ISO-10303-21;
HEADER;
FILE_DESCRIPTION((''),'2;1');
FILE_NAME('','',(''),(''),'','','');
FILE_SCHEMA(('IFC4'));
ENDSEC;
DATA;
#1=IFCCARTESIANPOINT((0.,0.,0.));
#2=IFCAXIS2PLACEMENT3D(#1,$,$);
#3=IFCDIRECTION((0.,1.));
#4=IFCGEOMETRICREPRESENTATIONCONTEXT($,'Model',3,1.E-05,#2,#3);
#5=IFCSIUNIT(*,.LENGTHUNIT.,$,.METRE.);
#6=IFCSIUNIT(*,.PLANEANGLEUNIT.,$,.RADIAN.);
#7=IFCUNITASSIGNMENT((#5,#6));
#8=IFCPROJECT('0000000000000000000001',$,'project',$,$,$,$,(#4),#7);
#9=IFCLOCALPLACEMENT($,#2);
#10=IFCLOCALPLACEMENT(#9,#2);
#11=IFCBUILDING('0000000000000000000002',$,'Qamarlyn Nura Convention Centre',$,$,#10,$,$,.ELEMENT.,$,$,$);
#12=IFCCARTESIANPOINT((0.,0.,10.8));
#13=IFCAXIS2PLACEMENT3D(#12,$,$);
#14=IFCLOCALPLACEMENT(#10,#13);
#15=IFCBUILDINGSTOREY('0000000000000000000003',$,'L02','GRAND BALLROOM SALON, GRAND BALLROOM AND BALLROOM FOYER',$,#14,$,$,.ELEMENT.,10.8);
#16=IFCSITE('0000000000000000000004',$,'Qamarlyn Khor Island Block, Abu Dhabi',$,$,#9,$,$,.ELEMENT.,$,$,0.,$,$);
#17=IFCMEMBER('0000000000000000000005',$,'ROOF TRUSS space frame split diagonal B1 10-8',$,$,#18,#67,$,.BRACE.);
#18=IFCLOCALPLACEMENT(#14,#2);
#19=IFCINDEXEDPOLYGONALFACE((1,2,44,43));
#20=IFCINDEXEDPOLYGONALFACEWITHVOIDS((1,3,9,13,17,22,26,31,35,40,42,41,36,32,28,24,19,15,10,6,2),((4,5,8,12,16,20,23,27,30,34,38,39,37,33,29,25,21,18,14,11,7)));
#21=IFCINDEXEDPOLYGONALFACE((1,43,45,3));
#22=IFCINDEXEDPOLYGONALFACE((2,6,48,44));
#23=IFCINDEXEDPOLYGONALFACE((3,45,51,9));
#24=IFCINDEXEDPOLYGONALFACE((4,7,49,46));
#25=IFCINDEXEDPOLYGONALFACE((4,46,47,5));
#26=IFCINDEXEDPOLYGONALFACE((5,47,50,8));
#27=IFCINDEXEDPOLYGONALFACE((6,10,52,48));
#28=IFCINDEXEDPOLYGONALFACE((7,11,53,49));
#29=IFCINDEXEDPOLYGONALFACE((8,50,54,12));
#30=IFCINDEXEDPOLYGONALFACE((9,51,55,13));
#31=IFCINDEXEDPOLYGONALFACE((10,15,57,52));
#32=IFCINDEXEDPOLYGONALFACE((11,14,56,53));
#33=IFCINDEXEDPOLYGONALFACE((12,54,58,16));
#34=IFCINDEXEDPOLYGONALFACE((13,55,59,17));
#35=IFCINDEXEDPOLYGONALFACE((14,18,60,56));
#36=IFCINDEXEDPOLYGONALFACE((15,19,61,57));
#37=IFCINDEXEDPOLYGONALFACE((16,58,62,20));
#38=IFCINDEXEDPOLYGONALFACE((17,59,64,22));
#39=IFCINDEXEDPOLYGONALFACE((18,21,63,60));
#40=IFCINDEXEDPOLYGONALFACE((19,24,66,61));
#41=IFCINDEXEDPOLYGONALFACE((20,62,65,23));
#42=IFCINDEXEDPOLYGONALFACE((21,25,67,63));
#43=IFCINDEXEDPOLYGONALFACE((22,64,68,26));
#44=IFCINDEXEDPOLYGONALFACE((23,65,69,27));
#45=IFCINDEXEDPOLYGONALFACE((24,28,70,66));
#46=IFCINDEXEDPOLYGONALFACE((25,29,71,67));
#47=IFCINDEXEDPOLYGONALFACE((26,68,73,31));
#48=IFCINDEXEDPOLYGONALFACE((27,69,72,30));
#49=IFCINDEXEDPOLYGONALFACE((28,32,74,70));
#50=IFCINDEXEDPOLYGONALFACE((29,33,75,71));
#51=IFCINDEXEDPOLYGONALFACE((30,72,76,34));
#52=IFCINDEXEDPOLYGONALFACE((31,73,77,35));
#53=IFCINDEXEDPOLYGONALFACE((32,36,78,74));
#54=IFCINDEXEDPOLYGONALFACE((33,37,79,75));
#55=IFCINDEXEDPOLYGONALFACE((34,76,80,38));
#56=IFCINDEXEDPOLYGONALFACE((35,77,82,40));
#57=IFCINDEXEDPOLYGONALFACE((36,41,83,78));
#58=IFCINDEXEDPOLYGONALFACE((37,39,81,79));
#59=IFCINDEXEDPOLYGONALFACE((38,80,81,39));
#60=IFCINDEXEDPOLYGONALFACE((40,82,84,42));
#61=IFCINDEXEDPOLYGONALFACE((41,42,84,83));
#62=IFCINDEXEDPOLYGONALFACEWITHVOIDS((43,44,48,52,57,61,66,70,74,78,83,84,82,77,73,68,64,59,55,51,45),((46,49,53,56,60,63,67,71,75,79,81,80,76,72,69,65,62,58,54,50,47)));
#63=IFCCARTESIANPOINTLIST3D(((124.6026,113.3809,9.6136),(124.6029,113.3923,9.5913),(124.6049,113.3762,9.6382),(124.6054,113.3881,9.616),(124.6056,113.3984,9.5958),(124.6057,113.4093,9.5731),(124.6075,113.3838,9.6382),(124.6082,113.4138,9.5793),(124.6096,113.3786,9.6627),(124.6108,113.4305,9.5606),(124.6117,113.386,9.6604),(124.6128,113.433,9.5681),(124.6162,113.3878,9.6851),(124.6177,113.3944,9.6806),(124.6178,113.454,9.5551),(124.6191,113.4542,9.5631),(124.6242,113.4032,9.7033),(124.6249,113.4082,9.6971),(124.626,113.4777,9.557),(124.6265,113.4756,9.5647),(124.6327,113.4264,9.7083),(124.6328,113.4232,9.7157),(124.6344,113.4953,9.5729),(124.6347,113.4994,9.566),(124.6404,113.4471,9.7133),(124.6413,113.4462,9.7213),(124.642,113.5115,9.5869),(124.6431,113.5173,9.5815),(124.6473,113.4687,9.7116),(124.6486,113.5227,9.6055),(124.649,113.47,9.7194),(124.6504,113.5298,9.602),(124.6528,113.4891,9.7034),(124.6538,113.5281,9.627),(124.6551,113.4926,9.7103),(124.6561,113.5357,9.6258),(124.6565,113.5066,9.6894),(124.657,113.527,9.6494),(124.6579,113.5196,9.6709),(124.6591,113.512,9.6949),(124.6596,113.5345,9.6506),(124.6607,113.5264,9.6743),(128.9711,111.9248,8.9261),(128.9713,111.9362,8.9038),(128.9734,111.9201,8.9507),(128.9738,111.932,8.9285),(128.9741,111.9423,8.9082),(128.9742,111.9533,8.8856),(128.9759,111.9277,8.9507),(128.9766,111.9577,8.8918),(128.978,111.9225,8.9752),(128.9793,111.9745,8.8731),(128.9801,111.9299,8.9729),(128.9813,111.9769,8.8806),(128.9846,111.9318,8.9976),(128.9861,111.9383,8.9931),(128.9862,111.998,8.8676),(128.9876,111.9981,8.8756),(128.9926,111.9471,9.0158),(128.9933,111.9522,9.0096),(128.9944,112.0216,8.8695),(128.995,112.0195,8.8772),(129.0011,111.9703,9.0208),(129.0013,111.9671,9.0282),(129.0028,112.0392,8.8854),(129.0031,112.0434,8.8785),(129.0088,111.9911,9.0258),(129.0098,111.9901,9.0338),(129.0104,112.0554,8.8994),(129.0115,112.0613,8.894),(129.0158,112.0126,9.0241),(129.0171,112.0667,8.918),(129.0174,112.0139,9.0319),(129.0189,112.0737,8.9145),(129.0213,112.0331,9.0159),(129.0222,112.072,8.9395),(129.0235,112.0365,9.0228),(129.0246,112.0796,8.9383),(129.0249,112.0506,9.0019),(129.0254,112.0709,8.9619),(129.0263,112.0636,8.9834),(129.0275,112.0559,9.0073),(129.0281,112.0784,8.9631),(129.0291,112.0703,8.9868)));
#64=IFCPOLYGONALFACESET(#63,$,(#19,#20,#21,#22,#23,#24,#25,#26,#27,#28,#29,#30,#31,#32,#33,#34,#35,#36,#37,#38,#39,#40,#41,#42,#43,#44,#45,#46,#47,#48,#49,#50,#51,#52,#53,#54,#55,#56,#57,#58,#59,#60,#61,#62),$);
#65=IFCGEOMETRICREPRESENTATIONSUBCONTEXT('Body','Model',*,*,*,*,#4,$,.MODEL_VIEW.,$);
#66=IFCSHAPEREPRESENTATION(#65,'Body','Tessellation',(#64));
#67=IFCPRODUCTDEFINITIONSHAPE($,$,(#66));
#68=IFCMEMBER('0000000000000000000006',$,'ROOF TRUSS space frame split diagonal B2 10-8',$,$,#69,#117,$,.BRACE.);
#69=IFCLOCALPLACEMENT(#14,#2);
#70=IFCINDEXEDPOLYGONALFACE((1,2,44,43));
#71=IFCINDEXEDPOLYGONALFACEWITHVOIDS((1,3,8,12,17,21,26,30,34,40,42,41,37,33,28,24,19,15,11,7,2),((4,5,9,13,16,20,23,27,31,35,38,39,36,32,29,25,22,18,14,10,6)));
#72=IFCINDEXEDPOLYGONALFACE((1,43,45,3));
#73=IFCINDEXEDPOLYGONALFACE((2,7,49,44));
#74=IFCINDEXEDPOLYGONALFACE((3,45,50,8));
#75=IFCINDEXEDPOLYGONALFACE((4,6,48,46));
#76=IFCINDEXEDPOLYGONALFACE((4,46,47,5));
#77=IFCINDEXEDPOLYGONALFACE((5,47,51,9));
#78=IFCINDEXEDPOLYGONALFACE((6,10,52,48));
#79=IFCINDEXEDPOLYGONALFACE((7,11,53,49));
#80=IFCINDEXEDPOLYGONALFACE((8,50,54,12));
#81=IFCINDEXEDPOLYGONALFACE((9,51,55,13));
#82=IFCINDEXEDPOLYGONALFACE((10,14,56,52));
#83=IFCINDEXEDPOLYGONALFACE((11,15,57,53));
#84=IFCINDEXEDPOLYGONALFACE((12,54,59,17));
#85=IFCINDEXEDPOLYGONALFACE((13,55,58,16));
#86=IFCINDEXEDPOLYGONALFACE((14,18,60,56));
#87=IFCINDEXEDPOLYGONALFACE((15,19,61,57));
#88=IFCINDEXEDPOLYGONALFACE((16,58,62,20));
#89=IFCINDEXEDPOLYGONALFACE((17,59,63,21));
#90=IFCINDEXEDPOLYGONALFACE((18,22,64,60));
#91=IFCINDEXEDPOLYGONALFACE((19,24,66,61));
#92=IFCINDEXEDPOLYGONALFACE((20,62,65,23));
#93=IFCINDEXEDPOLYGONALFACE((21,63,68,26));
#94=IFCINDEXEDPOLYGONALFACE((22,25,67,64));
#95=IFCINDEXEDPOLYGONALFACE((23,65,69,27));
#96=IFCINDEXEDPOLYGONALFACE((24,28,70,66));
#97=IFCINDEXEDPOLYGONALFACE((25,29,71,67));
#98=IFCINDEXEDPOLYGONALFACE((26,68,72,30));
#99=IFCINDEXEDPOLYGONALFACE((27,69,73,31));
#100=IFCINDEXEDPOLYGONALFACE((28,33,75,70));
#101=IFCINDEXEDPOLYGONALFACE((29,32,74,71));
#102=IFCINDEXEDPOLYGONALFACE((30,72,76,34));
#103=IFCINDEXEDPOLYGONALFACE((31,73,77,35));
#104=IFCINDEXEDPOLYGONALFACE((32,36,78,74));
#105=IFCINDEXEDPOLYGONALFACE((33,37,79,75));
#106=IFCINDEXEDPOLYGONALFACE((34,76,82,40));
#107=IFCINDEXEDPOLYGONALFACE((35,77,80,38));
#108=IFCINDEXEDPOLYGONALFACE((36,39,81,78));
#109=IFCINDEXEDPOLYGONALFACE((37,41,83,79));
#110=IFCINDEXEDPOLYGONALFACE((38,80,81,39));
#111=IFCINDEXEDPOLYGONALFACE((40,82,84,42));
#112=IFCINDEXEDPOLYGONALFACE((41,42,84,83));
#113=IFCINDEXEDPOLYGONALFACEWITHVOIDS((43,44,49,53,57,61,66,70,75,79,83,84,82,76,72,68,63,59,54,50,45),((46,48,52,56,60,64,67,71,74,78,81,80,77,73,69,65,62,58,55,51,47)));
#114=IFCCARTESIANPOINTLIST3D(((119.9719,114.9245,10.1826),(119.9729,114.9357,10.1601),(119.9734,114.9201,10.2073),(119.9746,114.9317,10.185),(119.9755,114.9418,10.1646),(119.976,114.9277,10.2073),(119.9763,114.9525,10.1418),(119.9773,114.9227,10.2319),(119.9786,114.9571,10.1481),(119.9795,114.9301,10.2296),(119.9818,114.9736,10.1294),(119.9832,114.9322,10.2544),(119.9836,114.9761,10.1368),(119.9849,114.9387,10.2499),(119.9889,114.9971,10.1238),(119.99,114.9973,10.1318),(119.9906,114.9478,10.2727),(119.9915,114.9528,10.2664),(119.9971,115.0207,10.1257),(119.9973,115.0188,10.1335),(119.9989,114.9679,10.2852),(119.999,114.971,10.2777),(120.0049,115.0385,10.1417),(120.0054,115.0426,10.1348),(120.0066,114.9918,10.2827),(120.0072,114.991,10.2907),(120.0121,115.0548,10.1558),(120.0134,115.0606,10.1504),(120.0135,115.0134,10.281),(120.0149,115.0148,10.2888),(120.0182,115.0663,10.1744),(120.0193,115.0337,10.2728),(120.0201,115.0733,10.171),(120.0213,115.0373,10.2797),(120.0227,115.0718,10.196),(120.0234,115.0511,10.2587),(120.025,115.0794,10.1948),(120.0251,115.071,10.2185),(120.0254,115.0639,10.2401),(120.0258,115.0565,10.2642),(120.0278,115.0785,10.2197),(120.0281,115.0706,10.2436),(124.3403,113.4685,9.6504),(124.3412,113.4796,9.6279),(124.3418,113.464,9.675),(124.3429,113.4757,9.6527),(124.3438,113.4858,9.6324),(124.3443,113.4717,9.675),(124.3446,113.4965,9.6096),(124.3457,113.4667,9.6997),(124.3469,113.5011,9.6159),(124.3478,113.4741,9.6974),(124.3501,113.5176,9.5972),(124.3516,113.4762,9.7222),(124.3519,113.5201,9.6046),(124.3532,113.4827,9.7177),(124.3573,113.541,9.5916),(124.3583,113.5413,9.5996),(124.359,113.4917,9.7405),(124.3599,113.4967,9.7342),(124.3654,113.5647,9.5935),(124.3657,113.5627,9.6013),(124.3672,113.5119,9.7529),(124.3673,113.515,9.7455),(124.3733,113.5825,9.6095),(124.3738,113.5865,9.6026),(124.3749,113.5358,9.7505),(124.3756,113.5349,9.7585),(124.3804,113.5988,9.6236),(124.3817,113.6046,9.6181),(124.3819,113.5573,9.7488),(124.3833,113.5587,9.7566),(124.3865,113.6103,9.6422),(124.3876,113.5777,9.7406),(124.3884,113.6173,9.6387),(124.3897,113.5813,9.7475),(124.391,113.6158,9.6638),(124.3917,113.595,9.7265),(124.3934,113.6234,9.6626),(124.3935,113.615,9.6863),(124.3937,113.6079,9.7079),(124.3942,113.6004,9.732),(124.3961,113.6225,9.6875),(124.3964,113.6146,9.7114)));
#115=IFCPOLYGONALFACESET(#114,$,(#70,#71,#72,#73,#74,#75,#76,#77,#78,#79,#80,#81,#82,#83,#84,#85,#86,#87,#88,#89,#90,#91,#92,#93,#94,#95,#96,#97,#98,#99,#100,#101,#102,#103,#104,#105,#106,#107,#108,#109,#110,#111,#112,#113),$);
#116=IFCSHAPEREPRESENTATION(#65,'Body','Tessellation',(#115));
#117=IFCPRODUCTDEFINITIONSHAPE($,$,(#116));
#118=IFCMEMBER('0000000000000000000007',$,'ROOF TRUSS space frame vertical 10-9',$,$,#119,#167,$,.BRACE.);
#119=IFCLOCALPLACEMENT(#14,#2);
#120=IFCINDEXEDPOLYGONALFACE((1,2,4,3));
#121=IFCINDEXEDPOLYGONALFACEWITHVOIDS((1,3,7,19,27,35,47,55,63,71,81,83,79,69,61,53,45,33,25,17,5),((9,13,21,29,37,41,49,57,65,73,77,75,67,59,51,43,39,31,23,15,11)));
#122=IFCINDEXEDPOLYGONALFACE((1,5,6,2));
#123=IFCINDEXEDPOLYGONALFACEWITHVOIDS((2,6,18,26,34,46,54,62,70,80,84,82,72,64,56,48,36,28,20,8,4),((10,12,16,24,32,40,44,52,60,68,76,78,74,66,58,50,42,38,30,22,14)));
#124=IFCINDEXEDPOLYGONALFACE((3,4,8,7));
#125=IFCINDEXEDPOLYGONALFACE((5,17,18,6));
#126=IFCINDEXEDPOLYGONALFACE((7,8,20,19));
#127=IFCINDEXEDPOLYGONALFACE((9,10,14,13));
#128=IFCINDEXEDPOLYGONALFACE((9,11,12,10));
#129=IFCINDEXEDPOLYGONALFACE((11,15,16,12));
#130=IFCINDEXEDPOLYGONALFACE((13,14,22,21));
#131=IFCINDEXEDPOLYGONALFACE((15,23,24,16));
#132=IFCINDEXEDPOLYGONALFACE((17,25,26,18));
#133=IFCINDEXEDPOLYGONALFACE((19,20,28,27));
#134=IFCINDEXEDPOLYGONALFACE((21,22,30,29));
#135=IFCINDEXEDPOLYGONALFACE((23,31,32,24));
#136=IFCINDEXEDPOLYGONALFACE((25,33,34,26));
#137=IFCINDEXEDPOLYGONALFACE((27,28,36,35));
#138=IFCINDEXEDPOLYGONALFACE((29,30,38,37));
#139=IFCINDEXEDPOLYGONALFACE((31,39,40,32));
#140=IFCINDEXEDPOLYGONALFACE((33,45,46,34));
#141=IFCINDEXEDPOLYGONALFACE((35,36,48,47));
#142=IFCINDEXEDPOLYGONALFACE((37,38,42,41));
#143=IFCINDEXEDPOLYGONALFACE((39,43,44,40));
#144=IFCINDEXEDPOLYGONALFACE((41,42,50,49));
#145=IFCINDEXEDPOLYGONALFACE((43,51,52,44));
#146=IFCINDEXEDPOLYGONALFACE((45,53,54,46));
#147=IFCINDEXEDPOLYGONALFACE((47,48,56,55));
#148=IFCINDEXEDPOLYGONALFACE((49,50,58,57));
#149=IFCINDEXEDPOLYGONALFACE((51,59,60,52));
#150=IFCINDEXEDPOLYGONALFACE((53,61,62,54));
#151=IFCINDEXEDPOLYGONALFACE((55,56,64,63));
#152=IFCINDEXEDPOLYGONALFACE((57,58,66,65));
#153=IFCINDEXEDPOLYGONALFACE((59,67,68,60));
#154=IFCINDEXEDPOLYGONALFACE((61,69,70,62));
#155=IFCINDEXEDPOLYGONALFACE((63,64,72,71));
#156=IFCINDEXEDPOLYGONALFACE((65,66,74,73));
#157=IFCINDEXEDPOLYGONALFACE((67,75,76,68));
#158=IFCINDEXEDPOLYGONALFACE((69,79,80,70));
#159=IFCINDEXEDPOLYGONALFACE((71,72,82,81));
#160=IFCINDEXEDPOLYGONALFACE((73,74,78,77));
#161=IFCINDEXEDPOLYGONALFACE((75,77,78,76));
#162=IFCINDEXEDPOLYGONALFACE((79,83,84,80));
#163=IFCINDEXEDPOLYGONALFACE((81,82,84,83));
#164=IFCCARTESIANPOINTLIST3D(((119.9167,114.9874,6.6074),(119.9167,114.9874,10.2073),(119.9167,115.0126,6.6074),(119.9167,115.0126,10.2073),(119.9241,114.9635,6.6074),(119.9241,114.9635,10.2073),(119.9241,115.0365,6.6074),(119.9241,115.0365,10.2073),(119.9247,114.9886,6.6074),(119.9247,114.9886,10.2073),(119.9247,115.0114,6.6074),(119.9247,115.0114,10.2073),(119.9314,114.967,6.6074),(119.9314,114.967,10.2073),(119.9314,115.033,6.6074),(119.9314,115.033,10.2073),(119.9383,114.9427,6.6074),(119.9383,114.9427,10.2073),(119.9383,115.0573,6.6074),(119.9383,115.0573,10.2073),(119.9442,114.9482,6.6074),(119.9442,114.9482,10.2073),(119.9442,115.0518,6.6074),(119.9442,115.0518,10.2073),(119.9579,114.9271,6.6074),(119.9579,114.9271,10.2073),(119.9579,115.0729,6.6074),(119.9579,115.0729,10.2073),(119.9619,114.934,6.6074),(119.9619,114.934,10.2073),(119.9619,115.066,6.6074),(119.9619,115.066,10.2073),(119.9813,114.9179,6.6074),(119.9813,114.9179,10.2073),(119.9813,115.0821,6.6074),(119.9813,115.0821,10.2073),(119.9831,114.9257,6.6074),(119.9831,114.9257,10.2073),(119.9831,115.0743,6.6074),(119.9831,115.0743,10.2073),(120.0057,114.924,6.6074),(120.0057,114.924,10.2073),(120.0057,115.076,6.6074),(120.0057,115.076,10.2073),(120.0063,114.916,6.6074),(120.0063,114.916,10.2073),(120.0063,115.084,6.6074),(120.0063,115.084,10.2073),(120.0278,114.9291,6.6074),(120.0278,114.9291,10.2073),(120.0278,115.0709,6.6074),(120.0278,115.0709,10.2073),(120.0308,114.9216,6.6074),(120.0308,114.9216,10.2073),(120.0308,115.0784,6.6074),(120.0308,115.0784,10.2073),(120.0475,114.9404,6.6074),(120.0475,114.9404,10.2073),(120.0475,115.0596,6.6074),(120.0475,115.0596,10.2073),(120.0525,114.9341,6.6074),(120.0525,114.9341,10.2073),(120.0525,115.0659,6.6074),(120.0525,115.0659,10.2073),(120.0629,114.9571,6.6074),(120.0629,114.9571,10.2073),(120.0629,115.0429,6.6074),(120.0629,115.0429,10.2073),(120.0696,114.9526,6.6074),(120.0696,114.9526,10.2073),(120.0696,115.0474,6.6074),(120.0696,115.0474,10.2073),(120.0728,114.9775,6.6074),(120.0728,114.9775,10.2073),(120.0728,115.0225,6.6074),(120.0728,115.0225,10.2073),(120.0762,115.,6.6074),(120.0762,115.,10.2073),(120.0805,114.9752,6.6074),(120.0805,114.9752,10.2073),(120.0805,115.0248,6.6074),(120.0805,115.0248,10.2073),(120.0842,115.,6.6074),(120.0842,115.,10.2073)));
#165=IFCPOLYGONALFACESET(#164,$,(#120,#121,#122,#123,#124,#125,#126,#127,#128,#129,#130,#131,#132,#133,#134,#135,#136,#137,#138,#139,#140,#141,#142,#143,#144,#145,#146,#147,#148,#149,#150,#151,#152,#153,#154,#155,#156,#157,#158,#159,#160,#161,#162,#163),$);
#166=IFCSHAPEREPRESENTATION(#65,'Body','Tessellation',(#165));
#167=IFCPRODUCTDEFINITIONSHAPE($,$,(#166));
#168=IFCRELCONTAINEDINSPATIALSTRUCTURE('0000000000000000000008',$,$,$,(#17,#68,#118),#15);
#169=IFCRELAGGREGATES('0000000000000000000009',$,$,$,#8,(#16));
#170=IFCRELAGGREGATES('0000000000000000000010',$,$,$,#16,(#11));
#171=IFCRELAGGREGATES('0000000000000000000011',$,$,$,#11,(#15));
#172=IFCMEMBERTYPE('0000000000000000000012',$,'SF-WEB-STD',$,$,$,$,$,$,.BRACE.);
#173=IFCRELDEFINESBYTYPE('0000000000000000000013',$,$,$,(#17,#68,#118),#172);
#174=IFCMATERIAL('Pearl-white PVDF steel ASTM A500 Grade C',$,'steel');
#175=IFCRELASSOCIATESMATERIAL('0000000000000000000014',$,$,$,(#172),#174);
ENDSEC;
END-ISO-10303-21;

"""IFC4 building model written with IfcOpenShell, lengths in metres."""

from ifc_helpers import new_model, si_unit, direction, frame, origin, origin_2d, place, context, subcontext, project, spatial, hollow_circle, extrude, material, material_profile, profile_set, type_object, element, save


model = new_model("IFC4")

# Units and contexts
model_context = context("Model", 3, precision=1e-05, world=origin(), true_north=direction((0.0, 1.0)))
body_context = subcontext(model_context, "Body", "Model", "MODEL_VIEW")
ifc_project = project(units=[si_unit("LENGTHUNIT", "METRE"), si_unit("PLANEANGLEUNIT", "RADIAN")], contexts=[model_context])

# Site, building, storey
site_placement = place(None, origin())
site = spatial("IfcSite", under=ifc_project, at=site_placement, Name="Qamarlyn Khor Island Block, Abu Dhabi", CompositionType="ELEMENT", RefElevation=0.0)
building_placement = place(site_placement, origin())
building = spatial("IfcBuilding", under=site, at=building_placement, Name="Qamarlyn Nura Convention Centre", CompositionType="ELEMENT")
storey_placement = place(building_placement, frame((0.0, 0.0, 10.8)))
storey = spatial("IfcBuildingStorey", under=building, at=storey_placement, Name="L02", Description="GRAND BALLROOM SALON, GRAND BALLROOM AND BALLROOM FOYER", CompositionType="ELEMENT", Elevation=10.8)

# Members
ifc_material_1 = material(Name="Pearl-white PVDF steel ASTM A500 Grade C", Category="steel")
ifc_material_profile_1 = material_profile(ifc_material_1, hollow_circle(Radius=0.0842, WallThickness=0.0081, at=origin_2d()), Name="CHS168.3X8")
ifc_profile_set_1 = profile_set([ifc_material_profile_1], Name="Pearl-white PVDF steel ASTM A500 Grade C")
member_type_1 = type_object("IfcMemberType", Name="SF-WEB-STD", PredefinedType="BRACE", material=ifc_profile_set_1)
member_1_placement = place(storey_placement, frame((129.0, 112.0, 8.9507), z_axis=(-0.938288, 0.312745, 0.147668), x_axis=(-0.316212, -0.948689, 0.0)))
element("IfcMember", 1, at=member_1_placement, inside=storey, type_object=member_type_1, Name="ROOF TRUSS space frame split diagonal B1 10-8", PredefinedType="BRACE", context=body_context, shape_type="SweptSolid", body=[
    extrude(hollow_circle(Radius=0.0842, WallThickness=0.0081, at=origin_2d()), origin(), (0.0, 0.0, 1.0), 4.6558),
])
member_2_placement = place(storey_placement, frame((124.3684, 113.5439, 9.675), z_axis=(-0.942414, 0.314121, 0.114819), x_axis=(-0.316212, -0.948689, 0.0)))
element("IfcMember", 2, at=member_2_placement, inside=storey, type_object=member_type_1, Name="ROOF TRUSS space frame split diagonal B2 10-8", PredefinedType="BRACE", context=body_context, shape_type="SweptSolid", body=[
    extrude(hollow_circle(Radius=0.0842, WallThickness=0.0081, at=origin_2d()), origin(), (0.0, 0.0, 1.0), 4.6353),
])
member_3_placement = place(storey_placement, frame((120.0, 115.0, 6.6074), z_axis=(0.0, 0.0, 1.0), x_axis=(1.0, 0.0, 0.0)))
element("IfcMember", 3, at=member_3_placement, inside=storey, type_object=member_type_1, Name="ROOF TRUSS space frame vertical 10-9", PredefinedType="BRACE", context=body_context, shape_type="SweptSolid", body=[
    extrude(hollow_circle(Radius=0.0842, WallThickness=0.0081, at=origin_2d()), origin(), (0.0, 0.0, 1.0), 3.5999),
])

save(model, "model.ifc")
